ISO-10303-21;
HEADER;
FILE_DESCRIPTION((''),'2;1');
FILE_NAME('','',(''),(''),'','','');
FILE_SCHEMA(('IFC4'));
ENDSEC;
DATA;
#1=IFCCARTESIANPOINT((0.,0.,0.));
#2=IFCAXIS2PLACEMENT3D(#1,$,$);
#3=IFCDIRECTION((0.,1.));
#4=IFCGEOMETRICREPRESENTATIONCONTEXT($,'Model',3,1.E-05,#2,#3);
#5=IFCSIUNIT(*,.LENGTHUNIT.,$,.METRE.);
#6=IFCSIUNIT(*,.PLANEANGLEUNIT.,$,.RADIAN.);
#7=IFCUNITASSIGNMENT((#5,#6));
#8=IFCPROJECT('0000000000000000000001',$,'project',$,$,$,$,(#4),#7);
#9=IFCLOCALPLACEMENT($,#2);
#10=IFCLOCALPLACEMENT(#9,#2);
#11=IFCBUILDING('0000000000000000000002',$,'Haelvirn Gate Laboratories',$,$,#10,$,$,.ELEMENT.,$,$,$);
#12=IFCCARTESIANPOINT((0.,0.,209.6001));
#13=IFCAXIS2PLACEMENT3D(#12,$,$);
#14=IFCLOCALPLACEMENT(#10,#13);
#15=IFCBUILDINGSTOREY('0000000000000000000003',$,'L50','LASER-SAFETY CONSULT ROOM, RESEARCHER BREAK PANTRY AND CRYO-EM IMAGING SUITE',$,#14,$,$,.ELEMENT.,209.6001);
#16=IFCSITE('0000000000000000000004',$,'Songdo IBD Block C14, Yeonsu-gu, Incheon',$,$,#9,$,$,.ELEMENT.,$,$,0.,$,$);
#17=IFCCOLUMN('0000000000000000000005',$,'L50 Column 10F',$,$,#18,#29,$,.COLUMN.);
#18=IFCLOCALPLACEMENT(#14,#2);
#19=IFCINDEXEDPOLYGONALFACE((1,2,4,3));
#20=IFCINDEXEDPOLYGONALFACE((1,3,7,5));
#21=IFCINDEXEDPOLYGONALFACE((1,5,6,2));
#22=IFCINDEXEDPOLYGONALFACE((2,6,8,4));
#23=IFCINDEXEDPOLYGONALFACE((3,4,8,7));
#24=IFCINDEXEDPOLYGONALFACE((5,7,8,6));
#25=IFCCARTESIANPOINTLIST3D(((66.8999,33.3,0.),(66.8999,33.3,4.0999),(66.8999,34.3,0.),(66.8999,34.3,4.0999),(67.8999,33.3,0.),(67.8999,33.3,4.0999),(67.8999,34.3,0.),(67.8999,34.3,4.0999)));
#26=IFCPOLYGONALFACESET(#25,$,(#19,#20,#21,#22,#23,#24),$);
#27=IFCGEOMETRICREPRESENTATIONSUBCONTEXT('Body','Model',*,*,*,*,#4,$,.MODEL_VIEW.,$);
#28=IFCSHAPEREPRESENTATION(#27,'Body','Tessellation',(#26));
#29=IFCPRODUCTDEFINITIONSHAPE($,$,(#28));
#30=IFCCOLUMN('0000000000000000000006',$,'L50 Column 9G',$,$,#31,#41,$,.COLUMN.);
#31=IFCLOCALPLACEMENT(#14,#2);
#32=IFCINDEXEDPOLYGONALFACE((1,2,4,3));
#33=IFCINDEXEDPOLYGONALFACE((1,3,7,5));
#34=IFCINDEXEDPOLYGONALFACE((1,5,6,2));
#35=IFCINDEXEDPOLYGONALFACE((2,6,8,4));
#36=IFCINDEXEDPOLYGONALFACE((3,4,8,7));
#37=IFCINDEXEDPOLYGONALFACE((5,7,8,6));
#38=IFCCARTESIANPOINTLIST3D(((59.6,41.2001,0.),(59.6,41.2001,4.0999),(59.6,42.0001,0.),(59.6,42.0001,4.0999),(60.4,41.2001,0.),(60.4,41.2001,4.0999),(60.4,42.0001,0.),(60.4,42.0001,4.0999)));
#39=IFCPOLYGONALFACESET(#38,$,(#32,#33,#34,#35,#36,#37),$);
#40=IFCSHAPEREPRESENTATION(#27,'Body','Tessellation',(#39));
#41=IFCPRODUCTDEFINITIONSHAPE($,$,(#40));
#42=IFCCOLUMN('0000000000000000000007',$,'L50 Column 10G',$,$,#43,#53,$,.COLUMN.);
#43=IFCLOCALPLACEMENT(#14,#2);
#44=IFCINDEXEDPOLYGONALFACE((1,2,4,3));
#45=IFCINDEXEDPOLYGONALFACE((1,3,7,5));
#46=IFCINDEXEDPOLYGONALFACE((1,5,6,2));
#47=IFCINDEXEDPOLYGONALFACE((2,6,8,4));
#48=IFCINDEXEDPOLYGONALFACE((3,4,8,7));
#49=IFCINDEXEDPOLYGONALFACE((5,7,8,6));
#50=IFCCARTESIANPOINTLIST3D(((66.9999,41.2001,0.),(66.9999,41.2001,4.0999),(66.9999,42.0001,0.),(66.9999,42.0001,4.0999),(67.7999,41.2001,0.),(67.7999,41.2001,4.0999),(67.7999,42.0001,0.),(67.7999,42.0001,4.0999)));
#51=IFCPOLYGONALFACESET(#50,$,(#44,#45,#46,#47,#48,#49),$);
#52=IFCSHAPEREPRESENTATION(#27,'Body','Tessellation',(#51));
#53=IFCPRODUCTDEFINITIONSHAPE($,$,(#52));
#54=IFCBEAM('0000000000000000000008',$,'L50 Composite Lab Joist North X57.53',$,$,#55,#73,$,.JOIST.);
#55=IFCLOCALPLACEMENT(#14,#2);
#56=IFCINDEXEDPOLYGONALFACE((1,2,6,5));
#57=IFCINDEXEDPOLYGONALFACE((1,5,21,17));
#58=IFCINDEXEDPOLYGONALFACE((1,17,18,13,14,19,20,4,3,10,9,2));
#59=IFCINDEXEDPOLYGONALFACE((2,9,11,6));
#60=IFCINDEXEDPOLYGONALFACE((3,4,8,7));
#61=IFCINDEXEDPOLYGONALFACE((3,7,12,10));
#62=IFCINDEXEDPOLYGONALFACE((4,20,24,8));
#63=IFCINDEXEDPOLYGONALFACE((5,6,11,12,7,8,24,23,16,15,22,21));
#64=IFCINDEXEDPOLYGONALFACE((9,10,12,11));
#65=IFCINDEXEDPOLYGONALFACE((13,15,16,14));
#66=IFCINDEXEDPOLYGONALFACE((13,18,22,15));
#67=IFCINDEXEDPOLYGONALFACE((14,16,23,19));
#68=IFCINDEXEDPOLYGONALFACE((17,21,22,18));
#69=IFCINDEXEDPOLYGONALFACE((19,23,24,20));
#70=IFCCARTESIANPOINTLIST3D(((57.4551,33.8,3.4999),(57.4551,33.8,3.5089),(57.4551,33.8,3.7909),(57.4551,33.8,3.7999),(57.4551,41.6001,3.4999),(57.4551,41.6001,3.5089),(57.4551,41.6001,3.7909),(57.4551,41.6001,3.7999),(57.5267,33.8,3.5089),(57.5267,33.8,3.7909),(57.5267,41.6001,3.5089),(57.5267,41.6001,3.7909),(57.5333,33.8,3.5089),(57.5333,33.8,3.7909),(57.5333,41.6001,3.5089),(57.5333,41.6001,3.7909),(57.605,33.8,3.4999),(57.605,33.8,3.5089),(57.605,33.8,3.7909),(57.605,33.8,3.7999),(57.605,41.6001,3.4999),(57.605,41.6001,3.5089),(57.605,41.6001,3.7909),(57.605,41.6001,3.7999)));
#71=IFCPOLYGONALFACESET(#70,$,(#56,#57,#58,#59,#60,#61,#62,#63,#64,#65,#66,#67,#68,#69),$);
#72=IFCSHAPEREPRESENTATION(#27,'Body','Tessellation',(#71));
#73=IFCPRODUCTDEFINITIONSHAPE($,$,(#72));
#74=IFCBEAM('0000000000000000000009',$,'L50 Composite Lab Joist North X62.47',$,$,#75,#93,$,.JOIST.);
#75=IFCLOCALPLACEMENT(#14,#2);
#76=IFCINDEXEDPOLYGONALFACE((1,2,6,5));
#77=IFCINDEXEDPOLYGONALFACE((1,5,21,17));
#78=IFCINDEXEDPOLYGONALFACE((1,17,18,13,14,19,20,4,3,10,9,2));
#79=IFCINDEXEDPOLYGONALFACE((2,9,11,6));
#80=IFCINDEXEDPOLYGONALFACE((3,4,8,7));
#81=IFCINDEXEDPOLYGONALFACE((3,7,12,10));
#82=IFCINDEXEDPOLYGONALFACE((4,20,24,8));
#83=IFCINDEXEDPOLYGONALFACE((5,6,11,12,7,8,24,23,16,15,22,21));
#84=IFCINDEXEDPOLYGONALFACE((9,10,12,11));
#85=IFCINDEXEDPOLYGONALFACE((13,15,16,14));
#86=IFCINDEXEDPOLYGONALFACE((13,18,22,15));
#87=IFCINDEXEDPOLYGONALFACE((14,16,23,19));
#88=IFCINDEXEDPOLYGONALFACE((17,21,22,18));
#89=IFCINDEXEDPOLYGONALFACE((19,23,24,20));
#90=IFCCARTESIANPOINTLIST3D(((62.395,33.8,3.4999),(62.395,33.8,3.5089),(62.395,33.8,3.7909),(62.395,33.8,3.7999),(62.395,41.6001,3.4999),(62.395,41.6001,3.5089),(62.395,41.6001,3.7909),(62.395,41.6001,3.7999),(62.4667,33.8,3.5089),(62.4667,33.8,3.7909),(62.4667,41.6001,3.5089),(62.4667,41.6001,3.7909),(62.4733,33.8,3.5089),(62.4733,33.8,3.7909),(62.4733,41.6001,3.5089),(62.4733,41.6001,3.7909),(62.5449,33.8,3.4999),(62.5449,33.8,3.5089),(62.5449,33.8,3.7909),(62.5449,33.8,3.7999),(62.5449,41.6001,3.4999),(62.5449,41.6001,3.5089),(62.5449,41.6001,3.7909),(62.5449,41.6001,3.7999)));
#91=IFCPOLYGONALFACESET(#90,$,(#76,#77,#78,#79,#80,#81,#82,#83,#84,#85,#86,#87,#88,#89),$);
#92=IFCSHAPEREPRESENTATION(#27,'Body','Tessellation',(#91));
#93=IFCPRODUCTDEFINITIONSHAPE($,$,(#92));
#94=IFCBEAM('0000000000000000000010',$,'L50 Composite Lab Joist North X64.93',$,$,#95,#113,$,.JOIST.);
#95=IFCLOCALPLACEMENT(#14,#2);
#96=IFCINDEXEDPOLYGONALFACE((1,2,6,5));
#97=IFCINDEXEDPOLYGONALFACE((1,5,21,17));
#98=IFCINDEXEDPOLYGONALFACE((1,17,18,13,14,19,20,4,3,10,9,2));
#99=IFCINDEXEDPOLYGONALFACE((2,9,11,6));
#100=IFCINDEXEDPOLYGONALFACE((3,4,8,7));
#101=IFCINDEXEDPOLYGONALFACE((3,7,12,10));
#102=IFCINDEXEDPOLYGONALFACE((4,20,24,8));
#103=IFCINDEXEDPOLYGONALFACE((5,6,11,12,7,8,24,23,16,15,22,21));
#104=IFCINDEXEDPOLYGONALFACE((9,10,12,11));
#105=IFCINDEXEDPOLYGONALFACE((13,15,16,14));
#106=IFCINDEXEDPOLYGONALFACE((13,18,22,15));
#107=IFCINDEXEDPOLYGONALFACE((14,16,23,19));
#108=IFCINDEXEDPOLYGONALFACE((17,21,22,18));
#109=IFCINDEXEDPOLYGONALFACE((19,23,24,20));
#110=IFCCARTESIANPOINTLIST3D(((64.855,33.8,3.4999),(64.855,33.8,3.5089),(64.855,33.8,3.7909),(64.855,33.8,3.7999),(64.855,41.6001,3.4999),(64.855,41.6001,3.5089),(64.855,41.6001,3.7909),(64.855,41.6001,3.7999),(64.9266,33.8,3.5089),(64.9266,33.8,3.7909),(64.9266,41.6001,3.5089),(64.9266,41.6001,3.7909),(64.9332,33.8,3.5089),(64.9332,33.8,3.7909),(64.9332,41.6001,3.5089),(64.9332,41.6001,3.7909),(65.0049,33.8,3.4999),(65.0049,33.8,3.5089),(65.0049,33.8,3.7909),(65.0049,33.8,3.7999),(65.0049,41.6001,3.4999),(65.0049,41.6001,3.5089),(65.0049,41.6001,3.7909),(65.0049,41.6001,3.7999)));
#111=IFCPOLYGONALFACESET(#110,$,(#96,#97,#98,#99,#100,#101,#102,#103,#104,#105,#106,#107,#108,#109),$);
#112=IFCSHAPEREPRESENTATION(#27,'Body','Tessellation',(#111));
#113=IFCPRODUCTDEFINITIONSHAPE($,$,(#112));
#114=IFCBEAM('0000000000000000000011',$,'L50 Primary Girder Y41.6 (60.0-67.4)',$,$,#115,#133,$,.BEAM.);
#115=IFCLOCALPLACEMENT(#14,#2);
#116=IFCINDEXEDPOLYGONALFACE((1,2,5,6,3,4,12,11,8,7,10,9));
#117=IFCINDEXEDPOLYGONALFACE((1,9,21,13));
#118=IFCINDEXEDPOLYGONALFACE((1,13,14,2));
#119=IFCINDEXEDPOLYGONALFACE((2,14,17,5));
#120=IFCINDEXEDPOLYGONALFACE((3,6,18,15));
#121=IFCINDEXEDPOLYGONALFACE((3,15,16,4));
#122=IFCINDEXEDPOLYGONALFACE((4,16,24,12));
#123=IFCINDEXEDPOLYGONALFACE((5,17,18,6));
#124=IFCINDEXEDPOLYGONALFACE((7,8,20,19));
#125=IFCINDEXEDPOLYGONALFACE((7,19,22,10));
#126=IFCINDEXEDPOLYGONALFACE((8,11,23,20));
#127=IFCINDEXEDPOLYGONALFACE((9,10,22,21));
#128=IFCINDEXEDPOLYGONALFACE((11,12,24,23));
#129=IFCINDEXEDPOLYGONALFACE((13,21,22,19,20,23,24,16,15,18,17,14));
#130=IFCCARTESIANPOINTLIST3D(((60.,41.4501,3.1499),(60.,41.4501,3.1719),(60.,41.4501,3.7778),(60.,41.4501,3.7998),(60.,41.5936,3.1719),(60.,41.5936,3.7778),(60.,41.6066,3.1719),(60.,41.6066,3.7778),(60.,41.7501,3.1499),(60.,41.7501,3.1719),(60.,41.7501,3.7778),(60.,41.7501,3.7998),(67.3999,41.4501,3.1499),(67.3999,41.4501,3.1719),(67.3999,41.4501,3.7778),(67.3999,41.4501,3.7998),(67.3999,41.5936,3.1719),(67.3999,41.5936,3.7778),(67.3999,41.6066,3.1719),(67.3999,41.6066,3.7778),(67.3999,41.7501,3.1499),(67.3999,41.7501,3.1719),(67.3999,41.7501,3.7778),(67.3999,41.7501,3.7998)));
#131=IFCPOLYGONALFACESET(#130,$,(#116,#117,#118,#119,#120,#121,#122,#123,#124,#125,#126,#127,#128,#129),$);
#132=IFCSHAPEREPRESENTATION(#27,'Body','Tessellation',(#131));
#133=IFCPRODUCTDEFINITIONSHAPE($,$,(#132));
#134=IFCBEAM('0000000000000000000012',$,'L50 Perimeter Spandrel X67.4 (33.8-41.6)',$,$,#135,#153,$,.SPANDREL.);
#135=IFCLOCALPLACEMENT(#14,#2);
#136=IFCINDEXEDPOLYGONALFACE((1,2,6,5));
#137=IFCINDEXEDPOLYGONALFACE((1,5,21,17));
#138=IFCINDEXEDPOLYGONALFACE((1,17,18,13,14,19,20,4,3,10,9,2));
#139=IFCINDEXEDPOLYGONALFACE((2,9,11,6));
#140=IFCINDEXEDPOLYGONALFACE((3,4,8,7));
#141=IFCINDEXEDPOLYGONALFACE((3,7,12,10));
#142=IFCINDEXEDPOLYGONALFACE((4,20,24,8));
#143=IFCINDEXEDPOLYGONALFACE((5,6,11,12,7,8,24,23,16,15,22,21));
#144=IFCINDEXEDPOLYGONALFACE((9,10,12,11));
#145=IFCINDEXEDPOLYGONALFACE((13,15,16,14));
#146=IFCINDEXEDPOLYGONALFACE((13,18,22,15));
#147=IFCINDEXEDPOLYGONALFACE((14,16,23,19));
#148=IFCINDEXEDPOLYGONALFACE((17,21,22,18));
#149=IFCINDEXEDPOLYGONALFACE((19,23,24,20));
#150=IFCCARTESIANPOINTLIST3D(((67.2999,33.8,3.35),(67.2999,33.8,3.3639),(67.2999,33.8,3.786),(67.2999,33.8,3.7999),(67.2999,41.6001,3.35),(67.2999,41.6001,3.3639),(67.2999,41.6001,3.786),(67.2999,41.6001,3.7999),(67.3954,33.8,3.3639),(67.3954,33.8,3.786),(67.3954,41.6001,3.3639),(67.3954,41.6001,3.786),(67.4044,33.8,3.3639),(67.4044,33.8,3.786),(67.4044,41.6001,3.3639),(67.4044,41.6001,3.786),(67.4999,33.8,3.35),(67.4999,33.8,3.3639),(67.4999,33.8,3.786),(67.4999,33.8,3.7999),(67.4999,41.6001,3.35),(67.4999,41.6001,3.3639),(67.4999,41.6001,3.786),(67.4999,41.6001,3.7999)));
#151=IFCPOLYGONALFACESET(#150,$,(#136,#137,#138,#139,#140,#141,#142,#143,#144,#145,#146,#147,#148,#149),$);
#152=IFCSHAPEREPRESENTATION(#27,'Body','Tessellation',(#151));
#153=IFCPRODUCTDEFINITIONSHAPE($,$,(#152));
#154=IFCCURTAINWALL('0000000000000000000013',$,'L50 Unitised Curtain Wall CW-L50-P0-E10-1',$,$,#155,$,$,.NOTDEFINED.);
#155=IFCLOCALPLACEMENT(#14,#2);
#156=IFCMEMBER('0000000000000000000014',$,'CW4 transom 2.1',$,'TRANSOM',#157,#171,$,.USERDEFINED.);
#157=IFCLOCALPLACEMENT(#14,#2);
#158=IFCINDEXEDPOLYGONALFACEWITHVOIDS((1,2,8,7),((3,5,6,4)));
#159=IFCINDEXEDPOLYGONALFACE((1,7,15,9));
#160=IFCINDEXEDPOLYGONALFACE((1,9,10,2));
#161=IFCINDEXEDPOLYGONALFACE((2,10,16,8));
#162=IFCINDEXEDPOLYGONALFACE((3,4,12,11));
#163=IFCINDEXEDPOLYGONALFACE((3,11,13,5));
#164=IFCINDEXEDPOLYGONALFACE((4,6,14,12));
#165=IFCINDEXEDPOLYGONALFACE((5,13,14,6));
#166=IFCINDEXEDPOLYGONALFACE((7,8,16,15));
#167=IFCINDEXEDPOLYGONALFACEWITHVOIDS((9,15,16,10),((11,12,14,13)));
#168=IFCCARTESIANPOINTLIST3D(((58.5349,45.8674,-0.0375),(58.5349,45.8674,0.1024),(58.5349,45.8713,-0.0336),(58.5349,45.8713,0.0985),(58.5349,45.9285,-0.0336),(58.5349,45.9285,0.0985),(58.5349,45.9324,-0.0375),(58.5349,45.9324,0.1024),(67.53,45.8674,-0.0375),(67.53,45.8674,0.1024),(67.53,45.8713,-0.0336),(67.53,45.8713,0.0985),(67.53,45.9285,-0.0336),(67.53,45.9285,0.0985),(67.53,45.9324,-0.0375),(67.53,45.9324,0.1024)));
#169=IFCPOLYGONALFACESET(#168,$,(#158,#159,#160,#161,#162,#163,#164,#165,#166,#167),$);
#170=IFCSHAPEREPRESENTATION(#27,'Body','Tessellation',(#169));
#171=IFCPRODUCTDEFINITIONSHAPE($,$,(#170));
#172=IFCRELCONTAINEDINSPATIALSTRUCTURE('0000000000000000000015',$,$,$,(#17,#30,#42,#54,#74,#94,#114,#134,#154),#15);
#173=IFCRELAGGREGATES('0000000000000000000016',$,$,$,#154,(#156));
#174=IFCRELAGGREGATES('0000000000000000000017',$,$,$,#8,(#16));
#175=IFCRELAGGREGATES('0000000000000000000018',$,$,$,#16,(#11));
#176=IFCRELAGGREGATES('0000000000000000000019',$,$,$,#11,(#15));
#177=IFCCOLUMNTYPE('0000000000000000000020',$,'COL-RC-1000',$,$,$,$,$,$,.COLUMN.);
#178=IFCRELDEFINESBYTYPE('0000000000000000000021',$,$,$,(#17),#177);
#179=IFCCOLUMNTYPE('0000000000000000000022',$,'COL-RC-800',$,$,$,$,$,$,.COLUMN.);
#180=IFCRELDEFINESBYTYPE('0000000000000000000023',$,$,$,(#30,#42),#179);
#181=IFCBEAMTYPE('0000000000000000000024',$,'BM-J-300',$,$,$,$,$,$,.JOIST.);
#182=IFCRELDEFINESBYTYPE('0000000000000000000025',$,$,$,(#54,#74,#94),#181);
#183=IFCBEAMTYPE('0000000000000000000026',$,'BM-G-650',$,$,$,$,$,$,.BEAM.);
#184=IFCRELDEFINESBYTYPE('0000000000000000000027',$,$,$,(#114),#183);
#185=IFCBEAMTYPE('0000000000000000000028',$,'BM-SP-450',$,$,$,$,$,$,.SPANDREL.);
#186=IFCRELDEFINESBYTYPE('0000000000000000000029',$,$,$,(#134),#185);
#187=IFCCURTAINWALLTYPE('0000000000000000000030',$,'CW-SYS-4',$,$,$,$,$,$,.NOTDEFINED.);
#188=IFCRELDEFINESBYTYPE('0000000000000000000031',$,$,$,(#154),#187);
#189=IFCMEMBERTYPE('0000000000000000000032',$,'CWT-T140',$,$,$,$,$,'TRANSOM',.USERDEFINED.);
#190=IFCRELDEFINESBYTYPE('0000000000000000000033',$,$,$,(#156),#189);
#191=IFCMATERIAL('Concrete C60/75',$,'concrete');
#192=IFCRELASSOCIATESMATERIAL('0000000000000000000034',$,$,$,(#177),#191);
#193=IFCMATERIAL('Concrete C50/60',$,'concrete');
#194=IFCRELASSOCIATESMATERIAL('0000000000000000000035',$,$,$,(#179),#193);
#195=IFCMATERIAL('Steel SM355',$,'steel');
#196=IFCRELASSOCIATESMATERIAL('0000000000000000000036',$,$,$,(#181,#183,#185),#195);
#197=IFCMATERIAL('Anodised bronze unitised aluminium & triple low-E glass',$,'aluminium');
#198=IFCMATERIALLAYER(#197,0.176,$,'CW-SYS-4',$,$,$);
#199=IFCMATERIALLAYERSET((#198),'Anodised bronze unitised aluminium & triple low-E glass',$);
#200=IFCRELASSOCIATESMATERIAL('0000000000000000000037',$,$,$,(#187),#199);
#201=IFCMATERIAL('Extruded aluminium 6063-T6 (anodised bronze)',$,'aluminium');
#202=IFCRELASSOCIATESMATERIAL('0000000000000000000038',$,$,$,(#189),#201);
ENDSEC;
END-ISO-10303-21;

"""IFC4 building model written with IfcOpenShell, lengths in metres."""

from ifc_helpers import new_model, si_unit, direction, frame, origin, origin_2d, place, context, subcontext, project, spatial, rectangle, hollow_rectangle, i_section, extrude, source, transform, mapped, material, layer, layer_set, material_profile, profile_set, type_object, type_shapes, element, aggregate, save


model = new_model("IFC4")

# Units and contexts
model_context = context("Model", 3, precision=1e-05, world=origin(), true_north=direction((0.0, 1.0)))
body_context = subcontext(model_context, "Body", "Model", "MODEL_VIEW")
ifc_project = project(units=[si_unit("LENGTHUNIT", "METRE"), si_unit("PLANEANGLEUNIT", "RADIAN")], contexts=[model_context])

# Site, building, storey
site_placement = place(None, origin())
site = spatial("IfcSite", under=ifc_project, at=site_placement, Name="Songdo IBD Block C14, Yeonsu-gu, Incheon", CompositionType="ELEMENT", RefElevation=0.0)
building_placement = place(site_placement, origin())
building = spatial("IfcBuilding", under=site, at=building_placement, Name="Haelvirn Gate Laboratories", CompositionType="ELEMENT")
storey_placement = place(building_placement, frame((0.0, 0.0, 209.6001)))
storey = spatial("IfcBuildingStorey", under=building, at=storey_placement, Name="L50", Description="LASER-SAFETY CONSULT ROOM, RESEARCHER BREAK PANTRY AND CRYO-EM IMAGING SUITE", CompositionType="ELEMENT", Elevation=209.6001)

# Columns
ifc_material_1 = material(Name="Concrete C60/75", Category="concrete")
ifc_material_profile_1 = material_profile(ifc_material_1, rectangle(XDim=1.0, YDim=1.0, at=origin_2d()), Name="RC-1000x1000")
ifc_profile_set_1 = profile_set([ifc_material_profile_1], Name="Concrete C60/75")
column_type_1 = type_object("IfcColumnType", Name="COL-RC-1000", PredefinedType="COLUMN", material=ifc_profile_set_1)
shared_shape_1 = source(origin(), body_context, "Body", "SweptSolid", [
    extrude(rectangle(XDim=1.0, YDim=1.0, at=origin_2d()), origin(), (0.0, 0.0, 1.0), 4.0999),
])
type_shapes(column_type_1, [shared_shape_1])
column_placement = place(storey_placement, frame((67.3999, 33.8, 0.0), z_axis=(0.0, 0.0, 1.0), x_axis=(1.0, 0.0, 0.0)))
element("IfcColumn", 1, at=column_placement, inside=storey, type_object=column_type_1, Name="L50 Column 10F", PredefinedType="COLUMN", context=body_context, shape_type="MappedRepresentation", body=[
    mapped(shared_shape_1, transform((0.0, 0.0, 0.0), scale=1.0)),
])
ifc_material_2 = material(Name="Concrete C50/60", Category="concrete")
ifc_material_profile_2 = material_profile(ifc_material_2, rectangle(XDim=0.8, YDim=0.8, at=origin_2d()), Name="RC-800x800")
ifc_profile_set_2 = profile_set([ifc_material_profile_2], Name="Concrete C50/60")
column_type_2 = type_object("IfcColumnType", Name="COL-RC-800", PredefinedType="COLUMN", material=ifc_profile_set_2)
shared_shape_2 = source(origin(), body_context, "Body", "SweptSolid", [
    extrude(rectangle(XDim=0.8, YDim=0.8, at=origin_2d()), origin(), (0.0, 0.0, 1.0), 4.0999),
])
type_shapes(column_type_2, [shared_shape_2])
for number, where, z_axis, x_axis, name in (
    (2, (60.0, 41.6001, 0.0), (0.0, 0.0, 1.0), (1.0, 0.0, 0.0), "L50 Column 9G"),
    (3, (67.3999, 41.6001, 0.0), (0.0, 0.0, 1.0), (1.0, 0.0, 0.0), "L50 Column 10G"),
):
    element("IfcColumn", number, at=place(storey_placement, frame(where, z_axis=z_axis, x_axis=x_axis)), inside=storey, type_object=column_type_2, Name=name, PredefinedType="COLUMN", context=body_context, shape_type="MappedRepresentation", body=[
        mapped(shared_shape_2, transform((0.0, 0.0, 0.0), scale=1.0)),
    ])

# Beams
ifc_material_3 = material(Name="Steel SM355", Category="steel")
ifc_material_profile_3 = material_profile(ifc_material_3, i_section(OverallWidth=0.1499, OverallDepth=0.3, WebThickness=0.0066, FlangeThickness=0.009, at=origin_2d()), Name="H-300x150x6.5x9")
ifc_profile_set_3 = profile_set([ifc_material_profile_3], Name="Steel SM355")
beam_type_1 = type_object("IfcBeamType", Name="BM-J-300", PredefinedType="JOIST", material=ifc_profile_set_3)
shared_shape_3 = source(origin(), body_context, "Body", "SweptSolid", [
    extrude(i_section(OverallWidth=0.1499, OverallDepth=0.3, WebThickness=0.0066, FlangeThickness=0.009, at=origin_2d()), origin(), (0.0, 0.0, 1.0), 7.8),
])
type_shapes(beam_type_1, [shared_shape_3])
for number, where, z_axis, x_axis, name in (
    (4, (57.53, 33.8, 3.6499), (0.0, 1.0, 0.0), (-1.0, 0.0, 0.0), "L50 Composite Lab Joist North X57.53"),
    (5, (62.47, 33.8, 3.6499), (0.0, 1.0, 0.0), (-1.0, 0.0, 0.0), "L50 Composite Lab Joist North X62.47"),
    (6, (64.9299, 33.8, 3.6499), (0.0, 1.0, 0.0), (-1.0, 0.0, 0.0), "L50 Composite Lab Joist North X64.93"),
):
    element("IfcBeam", number, at=place(storey_placement, frame(where, z_axis=z_axis, x_axis=x_axis)), inside=storey, type_object=beam_type_1, Name=name, PredefinedType="JOIST", context=body_context, shape_type="MappedRepresentation", body=[
        mapped(shared_shape_3, transform((0.0, 0.0, 0.0), scale=1.0)),
    ])
ifc_material_profile_4 = material_profile(ifc_material_3, i_section(OverallWidth=0.3, OverallDepth=0.6499, WebThickness=0.0129, FlangeThickness=0.022, at=origin_2d()), Name="H-650x300x13x22")
ifc_profile_set_4 = profile_set([ifc_material_profile_4], Name="Steel SM355")
beam_type_2 = type_object("IfcBeamType", Name="BM-G-650", PredefinedType="BEAM", material=ifc_profile_set_4)
shared_shape_4 = source(origin(), body_context, "Body", "SweptSolid", [
    extrude(i_section(OverallWidth=0.3, OverallDepth=0.6499, WebThickness=0.0129, FlangeThickness=0.022, at=origin_2d()), origin(), (0.0, 0.0, 1.0), 7.3999),
])
type_shapes(beam_type_2, [shared_shape_4])
beam_1_placement = place(storey_placement, frame((60.0, 41.6001, 3.4749), z_axis=(1.0, 0.0, 0.0), x_axis=(0.0, 1.0, 0.0)))
element("IfcBeam", 7, at=beam_1_placement, inside=storey, type_object=beam_type_2, Name="L50 Primary Girder Y41.6 (60.0-67.4)", PredefinedType="BEAM", context=body_context, shape_type="MappedRepresentation", body=[
    mapped(shared_shape_4, transform((0.0, 0.0, 0.0), scale=1.0)),
])
ifc_material_profile_5 = material_profile(ifc_material_3, i_section(OverallWidth=0.2, OverallDepth=0.45, WebThickness=0.009, FlangeThickness=0.0139, at=origin_2d()), Name="H-450x200x9x14")
ifc_profile_set_5 = profile_set([ifc_material_profile_5], Name="Steel SM355")
beam_type_3 = type_object("IfcBeamType", Name="BM-SP-450", PredefinedType="SPANDREL", material=ifc_profile_set_5)
shared_shape_5 = source(origin(), body_context, "Body", "SweptSolid", [
    extrude(i_section(OverallWidth=0.2, OverallDepth=0.45, WebThickness=0.009, FlangeThickness=0.0139, at=origin_2d()), origin(), (0.0, 0.0, 1.0), 7.8),
])
type_shapes(beam_type_3, [shared_shape_5])
beam_2_placement = place(storey_placement, frame((67.3999, 33.8, 3.575), z_axis=(0.0, 1.0, 0.0), x_axis=(-1.0, 0.0, 0.0)))
element("IfcBeam", 8, at=beam_2_placement, inside=storey, type_object=beam_type_3, Name="L50 Perimeter Spandrel X67.4 (33.8-41.6)", PredefinedType="SPANDREL", context=body_context, shape_type="MappedRepresentation", body=[
    mapped(shared_shape_5, transform((0.0, 0.0, 0.0), scale=1.0)),
])

# Curtain wall, member
ifc_material_4 = material(Name="Anodised bronze unitised aluminium & triple low-E glass", Category="aluminium")
ifc_layer_1 = layer(ifc_material_4, 0.176, Name="CW-SYS-4")
ifc_layer_set_1 = layer_set([ifc_layer_1], Name="Anodised bronze unitised aluminium & triple low-E glass")
curtain_wall_type_1 = type_object("IfcCurtainWallType", Name="CW-SYS-4", PredefinedType="NOTDEFINED", material=ifc_layer_set_1)
curtain_wall_1_placement = place(storey_placement, origin())
curtain_wall_1 = element("IfcCurtainWall", 9, at=curtain_wall_1_placement, inside=storey, type_object=curtain_wall_type_1, Name="L50 Unitised Curtain Wall CW-L50-P0-E10-1", PredefinedType="NOTDEFINED")
ifc_material_5 = material(Name="Extruded aluminium 6063-T6 (anodised bronze)", Category="aluminium")
ifc_material_profile_6 = material_profile(ifc_material_5, hollow_rectangle(XDim=0.0649, YDim=0.1399, WallThickness=0.0039, at=origin_2d()), Name="CWT-140x65x4")
ifc_profile_set_6 = profile_set([ifc_material_profile_6], Name="Extruded aluminium 6063-T6 (anodised bronze)")
member_type_1 = type_object("IfcMemberType", Name="CWT-T140", ElementType="TRANSOM", PredefinedType="USERDEFINED", material=ifc_profile_set_6)
shared_shape_6 = source(origin(), body_context, "Body", "SweptSolid", [
    extrude(hollow_rectangle(XDim=0.0649, YDim=0.1399, WallThickness=0.0039, at=origin_2d()), origin(), (0.0, 0.0, 1.0), 8.9951),
])
member_1_placement = place(storey_placement, frame((58.5349, 45.8999, 0.0325), z_axis=(1.0, 0.0, 0.0), x_axis=(0.0, 1.0, 0.0)))
member_1 = element("IfcMember", 10, at=member_1_placement, type_object=member_type_1, Name="CW4 transom 2.1", ObjectType="TRANSOM", PredefinedType="USERDEFINED", context=body_context, shape_type="MappedRepresentation", body=[
    mapped(shared_shape_6, transform((0.0, 0.0, 0.0), scale=1.0)),
])

aggregate(curtain_wall_1, [member_1])

save(model, "model.ifc")
